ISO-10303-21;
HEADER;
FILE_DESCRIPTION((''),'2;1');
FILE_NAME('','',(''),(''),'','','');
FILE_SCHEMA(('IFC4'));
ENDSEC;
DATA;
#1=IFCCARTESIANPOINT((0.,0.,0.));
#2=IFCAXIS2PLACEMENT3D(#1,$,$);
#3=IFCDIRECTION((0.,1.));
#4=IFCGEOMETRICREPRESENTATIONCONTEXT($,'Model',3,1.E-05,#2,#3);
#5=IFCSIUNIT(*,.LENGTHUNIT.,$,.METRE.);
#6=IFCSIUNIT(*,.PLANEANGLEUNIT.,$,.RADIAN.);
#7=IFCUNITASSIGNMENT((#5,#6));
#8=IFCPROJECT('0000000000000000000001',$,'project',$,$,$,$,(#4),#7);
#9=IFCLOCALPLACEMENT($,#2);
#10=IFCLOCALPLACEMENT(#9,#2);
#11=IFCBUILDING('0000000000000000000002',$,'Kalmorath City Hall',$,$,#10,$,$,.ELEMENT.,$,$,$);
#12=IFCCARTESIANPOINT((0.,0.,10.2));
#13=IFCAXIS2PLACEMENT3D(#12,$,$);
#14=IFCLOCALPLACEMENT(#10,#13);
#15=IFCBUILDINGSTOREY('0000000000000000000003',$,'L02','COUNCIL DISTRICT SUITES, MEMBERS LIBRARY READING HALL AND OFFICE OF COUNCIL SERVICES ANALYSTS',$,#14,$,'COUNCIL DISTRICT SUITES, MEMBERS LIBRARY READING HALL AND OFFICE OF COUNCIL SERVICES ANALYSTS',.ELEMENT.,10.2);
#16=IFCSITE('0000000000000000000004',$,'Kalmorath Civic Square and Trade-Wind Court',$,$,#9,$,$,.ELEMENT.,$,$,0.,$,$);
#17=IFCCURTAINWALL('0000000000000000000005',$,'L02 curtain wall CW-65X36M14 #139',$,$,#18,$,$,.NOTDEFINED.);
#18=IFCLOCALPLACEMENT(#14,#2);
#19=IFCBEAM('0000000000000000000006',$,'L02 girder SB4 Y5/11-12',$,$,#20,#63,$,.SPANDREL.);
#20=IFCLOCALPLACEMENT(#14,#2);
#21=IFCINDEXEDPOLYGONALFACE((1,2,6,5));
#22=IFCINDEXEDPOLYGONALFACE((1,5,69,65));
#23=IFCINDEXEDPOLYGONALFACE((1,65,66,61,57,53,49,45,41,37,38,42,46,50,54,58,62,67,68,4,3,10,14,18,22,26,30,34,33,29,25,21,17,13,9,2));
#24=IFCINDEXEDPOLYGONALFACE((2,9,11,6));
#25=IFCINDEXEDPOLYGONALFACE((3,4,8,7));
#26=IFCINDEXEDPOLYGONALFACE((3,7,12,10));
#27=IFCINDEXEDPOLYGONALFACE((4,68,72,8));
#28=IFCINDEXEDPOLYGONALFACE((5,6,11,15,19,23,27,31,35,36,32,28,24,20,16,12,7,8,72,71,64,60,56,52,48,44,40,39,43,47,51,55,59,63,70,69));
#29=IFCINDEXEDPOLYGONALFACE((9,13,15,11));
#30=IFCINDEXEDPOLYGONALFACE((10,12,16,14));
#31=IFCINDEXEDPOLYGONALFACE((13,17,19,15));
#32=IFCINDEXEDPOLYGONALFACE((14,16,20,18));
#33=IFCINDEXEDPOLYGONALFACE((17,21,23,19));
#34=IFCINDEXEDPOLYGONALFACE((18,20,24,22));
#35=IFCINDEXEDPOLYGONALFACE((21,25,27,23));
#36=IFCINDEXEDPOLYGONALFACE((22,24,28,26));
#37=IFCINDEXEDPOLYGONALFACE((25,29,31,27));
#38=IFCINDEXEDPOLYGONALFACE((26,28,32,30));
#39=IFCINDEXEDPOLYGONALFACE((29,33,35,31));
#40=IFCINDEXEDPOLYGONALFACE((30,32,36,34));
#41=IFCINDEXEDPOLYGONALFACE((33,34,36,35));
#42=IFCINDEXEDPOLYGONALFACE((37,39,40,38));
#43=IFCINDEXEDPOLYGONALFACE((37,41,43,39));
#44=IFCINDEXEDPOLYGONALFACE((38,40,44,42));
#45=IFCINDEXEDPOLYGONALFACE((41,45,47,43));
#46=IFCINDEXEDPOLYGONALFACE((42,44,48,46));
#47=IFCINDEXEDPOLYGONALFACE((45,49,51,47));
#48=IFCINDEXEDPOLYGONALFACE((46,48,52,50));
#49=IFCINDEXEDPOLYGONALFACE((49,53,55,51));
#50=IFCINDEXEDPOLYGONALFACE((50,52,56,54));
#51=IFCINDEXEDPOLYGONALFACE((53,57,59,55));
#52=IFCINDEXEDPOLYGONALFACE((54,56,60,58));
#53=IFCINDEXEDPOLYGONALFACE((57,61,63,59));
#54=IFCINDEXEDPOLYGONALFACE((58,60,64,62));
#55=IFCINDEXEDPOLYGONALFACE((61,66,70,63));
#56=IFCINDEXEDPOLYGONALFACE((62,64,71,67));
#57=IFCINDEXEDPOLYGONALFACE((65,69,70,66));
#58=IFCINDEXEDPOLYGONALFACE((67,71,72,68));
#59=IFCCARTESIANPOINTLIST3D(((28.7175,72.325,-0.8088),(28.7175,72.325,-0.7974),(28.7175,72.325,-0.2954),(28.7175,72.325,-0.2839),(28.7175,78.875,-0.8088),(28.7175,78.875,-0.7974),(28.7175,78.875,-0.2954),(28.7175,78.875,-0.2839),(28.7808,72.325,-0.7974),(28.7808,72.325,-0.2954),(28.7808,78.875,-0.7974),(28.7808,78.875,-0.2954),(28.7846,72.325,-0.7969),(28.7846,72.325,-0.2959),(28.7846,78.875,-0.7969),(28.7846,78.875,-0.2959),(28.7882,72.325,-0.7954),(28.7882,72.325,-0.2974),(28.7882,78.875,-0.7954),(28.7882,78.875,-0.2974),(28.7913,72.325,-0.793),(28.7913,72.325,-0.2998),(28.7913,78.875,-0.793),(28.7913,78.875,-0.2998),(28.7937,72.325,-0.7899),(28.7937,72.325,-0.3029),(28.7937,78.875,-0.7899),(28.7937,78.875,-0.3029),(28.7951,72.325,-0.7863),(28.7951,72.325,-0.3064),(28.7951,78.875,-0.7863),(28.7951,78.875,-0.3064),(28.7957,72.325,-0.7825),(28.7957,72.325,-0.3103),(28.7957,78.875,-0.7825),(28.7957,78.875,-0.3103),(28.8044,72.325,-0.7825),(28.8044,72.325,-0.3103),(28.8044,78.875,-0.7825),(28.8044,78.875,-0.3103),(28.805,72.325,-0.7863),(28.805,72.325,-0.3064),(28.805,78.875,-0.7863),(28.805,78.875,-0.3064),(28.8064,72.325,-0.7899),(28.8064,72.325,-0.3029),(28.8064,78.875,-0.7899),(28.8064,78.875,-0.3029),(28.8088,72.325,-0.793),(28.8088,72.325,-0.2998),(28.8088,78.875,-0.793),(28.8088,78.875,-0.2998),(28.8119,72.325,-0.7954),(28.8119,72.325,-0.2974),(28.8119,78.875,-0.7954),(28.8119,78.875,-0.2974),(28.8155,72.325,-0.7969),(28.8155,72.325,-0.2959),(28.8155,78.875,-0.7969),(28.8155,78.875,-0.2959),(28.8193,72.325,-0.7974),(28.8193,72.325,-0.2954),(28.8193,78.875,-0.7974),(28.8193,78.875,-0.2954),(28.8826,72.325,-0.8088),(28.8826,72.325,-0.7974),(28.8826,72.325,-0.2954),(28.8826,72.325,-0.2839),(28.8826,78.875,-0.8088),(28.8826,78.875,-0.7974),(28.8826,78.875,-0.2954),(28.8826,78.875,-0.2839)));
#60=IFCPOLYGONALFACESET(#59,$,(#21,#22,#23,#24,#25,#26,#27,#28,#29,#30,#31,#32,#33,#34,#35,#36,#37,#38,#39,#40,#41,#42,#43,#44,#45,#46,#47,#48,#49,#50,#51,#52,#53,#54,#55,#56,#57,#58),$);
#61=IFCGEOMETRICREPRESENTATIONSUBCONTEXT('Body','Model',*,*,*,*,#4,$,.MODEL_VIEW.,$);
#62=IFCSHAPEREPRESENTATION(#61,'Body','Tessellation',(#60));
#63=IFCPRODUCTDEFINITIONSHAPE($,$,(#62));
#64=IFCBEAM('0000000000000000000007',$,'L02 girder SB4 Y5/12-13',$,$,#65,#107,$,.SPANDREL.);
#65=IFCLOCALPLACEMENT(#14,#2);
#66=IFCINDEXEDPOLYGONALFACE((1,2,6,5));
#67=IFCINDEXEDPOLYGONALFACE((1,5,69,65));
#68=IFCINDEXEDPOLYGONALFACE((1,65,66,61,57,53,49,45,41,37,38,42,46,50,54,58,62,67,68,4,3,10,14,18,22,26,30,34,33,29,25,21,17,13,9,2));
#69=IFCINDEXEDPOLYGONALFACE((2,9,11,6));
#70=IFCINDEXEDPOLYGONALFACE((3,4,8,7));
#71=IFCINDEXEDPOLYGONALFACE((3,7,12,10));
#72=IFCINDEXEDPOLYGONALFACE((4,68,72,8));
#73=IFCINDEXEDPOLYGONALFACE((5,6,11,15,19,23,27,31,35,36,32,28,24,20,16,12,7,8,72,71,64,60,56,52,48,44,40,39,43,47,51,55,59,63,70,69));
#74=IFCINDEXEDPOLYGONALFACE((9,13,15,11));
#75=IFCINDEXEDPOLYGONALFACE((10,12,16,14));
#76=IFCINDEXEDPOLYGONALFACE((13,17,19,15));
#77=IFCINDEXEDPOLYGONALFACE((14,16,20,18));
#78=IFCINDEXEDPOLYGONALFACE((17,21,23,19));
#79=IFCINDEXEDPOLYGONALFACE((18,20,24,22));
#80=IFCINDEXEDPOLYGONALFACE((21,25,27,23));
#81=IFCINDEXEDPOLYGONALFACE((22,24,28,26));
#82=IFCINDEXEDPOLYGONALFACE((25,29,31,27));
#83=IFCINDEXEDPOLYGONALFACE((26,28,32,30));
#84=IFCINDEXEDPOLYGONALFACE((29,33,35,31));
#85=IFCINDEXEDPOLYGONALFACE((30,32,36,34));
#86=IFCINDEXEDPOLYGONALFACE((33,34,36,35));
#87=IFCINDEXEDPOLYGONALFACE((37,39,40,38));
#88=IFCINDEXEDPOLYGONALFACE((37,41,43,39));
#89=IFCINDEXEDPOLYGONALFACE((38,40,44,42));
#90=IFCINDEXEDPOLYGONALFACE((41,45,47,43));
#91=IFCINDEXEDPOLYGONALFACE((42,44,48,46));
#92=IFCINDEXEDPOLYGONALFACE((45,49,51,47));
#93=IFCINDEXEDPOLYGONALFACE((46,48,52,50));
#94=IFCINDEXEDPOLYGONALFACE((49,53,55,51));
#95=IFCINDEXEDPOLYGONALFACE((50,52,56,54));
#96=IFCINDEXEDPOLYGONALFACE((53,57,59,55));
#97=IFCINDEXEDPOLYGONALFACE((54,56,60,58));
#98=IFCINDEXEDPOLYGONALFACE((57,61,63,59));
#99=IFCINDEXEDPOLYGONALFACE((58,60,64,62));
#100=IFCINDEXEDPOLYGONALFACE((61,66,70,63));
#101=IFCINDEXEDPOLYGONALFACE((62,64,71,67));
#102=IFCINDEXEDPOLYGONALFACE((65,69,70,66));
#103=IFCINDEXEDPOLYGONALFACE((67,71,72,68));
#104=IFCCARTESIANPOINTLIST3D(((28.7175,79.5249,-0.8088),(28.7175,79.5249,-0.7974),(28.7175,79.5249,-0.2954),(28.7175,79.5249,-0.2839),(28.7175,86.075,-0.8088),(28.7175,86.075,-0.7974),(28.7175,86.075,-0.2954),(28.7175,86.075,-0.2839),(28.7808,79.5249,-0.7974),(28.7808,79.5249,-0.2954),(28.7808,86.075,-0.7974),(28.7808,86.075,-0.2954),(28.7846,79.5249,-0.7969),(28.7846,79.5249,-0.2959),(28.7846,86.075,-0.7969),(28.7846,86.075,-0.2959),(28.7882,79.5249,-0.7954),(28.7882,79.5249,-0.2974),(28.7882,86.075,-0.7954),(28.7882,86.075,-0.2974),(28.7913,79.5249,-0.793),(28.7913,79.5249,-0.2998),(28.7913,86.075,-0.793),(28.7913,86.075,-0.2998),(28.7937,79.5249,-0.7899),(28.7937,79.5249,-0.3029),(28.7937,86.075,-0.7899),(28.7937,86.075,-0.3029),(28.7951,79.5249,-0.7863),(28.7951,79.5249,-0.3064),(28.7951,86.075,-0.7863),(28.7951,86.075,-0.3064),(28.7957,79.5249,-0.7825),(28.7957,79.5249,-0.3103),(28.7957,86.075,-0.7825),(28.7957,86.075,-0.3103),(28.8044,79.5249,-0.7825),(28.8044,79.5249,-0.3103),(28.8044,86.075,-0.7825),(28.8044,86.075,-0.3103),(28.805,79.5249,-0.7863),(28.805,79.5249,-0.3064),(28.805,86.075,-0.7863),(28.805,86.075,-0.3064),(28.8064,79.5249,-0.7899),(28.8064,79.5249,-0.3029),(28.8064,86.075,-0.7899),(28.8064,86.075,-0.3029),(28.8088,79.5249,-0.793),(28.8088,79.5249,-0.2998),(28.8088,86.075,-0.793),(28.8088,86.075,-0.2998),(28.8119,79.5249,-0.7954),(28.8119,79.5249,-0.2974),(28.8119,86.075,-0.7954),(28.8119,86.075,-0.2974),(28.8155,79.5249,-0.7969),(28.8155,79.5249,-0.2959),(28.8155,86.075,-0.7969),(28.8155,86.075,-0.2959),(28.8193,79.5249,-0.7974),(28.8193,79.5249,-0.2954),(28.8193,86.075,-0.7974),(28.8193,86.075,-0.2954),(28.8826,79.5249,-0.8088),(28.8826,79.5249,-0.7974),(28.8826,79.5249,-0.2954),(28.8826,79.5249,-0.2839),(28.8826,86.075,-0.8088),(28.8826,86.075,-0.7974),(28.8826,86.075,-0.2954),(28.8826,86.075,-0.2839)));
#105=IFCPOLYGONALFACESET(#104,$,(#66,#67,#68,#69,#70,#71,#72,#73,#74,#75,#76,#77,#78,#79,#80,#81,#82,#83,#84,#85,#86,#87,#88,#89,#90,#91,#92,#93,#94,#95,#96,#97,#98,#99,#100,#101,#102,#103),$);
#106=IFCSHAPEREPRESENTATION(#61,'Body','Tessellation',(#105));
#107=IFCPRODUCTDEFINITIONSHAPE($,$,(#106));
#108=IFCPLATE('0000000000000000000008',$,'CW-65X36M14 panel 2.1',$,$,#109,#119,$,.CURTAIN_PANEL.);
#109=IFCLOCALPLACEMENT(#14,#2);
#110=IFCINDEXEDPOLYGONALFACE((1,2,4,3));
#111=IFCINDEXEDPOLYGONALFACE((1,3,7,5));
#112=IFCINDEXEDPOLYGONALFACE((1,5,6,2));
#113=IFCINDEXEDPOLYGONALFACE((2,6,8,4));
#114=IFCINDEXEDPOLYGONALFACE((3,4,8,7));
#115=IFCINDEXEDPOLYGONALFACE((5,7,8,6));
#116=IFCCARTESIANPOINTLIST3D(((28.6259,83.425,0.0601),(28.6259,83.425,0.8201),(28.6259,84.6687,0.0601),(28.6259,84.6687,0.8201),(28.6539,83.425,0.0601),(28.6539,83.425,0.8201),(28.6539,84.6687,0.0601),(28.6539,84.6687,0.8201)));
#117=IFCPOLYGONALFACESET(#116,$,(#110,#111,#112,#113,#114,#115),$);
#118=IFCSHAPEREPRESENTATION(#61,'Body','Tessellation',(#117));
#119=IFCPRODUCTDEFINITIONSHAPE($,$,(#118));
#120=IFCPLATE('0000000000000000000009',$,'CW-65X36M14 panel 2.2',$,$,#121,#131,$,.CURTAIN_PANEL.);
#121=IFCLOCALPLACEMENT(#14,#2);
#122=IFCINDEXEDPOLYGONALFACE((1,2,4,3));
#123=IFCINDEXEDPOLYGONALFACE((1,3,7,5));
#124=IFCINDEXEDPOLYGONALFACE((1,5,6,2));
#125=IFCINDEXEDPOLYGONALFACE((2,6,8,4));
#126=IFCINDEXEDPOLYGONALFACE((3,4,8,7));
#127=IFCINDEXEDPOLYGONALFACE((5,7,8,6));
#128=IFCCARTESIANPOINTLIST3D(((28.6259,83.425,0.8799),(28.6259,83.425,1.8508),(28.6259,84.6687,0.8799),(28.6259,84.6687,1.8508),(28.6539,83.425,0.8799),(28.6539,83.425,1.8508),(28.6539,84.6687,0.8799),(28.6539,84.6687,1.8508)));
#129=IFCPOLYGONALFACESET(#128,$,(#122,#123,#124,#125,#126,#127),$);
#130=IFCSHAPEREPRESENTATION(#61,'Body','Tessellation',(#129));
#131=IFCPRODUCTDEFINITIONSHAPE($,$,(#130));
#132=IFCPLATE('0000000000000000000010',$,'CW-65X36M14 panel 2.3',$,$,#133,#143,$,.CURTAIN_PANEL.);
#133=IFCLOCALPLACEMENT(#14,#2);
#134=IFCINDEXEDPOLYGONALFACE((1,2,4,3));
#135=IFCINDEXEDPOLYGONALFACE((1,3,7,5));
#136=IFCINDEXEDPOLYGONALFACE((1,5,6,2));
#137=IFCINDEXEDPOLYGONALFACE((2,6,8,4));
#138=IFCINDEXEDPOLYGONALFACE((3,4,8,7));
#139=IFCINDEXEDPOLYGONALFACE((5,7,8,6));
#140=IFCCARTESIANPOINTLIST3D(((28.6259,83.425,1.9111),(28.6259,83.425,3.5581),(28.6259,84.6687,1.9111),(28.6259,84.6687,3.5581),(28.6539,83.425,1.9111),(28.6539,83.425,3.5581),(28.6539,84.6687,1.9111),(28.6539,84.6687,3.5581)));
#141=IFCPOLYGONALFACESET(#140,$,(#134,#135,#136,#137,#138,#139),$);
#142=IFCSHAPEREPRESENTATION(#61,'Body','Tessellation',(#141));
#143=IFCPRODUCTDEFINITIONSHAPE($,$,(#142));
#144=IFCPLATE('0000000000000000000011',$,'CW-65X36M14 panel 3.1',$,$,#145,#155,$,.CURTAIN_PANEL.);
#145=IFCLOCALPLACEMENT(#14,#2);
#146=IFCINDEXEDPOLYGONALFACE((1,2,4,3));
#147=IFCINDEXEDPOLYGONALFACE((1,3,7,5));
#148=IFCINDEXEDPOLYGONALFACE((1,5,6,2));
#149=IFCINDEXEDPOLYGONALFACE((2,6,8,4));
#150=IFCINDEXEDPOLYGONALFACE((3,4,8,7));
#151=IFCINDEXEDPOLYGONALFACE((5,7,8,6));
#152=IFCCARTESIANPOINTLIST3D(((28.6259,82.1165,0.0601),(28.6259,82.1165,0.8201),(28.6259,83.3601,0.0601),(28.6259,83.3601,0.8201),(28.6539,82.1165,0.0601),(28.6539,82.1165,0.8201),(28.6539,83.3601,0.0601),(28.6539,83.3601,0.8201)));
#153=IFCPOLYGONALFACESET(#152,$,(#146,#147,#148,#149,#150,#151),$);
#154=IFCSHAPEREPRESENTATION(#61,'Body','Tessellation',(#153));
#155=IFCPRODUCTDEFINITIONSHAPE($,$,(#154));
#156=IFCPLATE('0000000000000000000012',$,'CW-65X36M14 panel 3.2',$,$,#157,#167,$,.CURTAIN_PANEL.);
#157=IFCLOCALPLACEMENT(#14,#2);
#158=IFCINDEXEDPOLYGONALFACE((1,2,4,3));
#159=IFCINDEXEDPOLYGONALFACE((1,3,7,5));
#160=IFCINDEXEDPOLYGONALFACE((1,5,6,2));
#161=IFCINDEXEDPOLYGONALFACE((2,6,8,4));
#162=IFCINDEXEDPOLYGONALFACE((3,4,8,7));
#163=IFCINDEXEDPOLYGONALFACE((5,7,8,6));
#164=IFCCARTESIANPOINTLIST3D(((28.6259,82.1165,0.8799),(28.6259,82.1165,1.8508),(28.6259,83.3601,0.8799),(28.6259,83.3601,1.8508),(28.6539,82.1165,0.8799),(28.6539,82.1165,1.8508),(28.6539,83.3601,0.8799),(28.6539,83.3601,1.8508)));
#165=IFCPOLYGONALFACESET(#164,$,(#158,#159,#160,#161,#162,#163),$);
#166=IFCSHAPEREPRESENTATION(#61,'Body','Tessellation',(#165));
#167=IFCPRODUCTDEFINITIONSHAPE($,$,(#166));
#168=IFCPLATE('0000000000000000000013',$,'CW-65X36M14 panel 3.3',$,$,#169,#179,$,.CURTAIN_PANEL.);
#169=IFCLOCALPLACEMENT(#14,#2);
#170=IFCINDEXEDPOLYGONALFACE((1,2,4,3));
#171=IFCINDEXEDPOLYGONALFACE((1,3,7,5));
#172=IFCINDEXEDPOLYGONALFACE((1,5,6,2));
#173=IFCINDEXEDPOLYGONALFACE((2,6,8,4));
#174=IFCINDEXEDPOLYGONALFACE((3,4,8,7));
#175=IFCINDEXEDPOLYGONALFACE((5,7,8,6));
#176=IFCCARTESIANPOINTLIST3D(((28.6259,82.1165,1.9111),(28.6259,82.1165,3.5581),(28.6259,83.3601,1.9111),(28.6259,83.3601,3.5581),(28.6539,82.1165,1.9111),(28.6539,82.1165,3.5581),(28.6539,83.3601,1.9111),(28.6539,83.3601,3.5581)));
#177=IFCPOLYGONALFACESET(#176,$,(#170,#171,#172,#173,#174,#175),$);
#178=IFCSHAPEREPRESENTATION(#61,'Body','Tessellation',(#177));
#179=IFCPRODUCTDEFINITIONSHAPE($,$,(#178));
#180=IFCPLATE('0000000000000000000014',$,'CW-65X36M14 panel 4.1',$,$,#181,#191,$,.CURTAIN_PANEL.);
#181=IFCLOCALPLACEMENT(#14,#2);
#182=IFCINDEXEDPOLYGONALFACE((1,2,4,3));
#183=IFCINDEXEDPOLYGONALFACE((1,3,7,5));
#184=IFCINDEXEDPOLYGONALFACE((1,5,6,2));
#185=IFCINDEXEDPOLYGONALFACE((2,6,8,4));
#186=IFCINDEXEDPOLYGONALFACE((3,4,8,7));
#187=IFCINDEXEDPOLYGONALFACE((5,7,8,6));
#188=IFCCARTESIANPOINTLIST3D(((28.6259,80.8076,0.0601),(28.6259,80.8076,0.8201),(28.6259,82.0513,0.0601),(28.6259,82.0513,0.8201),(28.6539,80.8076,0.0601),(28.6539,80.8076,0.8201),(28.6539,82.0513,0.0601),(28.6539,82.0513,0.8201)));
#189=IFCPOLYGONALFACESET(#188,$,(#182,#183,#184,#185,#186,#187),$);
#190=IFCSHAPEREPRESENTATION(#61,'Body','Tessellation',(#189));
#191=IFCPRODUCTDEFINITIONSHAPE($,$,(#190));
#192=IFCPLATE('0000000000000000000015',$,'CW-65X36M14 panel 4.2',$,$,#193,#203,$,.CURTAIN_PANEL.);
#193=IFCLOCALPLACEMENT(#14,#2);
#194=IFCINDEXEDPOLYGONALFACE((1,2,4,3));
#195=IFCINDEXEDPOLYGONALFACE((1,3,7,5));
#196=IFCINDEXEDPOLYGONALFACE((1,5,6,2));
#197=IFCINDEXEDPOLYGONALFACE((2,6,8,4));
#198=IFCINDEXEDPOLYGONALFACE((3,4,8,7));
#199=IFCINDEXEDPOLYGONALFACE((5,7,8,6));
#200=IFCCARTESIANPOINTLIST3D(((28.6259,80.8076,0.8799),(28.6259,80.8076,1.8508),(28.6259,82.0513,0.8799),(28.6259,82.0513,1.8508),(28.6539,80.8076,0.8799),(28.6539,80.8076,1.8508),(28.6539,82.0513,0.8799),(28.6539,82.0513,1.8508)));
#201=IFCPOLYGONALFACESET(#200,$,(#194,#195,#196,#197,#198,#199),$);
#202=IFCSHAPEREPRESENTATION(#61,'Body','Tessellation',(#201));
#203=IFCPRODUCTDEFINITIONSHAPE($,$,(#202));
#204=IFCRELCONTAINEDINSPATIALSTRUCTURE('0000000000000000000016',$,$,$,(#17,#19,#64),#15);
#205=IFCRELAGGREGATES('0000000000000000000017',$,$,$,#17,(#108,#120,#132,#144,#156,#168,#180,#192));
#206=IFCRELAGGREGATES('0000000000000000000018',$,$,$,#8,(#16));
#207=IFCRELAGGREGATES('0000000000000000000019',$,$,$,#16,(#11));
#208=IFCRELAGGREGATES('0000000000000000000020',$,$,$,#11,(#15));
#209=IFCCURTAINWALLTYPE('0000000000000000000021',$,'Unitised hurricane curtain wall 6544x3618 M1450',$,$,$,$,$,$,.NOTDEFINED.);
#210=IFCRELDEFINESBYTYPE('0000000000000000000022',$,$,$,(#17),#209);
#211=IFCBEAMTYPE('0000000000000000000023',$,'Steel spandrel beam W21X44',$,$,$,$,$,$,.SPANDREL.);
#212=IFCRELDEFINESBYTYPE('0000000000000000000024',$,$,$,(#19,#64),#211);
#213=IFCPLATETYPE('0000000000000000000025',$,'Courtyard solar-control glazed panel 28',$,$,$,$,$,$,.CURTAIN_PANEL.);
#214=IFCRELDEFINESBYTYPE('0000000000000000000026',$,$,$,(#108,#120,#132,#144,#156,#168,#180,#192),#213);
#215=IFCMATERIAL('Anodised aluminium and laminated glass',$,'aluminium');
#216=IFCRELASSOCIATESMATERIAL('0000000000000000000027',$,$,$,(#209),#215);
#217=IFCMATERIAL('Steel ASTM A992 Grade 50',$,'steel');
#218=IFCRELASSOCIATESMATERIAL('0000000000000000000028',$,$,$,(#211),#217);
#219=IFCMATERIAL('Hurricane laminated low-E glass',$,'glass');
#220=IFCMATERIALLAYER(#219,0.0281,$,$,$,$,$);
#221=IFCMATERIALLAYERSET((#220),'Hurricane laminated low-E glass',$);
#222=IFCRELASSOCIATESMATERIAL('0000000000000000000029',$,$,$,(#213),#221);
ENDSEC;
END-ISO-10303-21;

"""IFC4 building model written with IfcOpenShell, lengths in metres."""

from ifc_helpers import new_model, si_unit, direction, frame, origin, origin_2d, place, context, subcontext, project, spatial, rectangle, i_section, extrude, material, layer, layer_set, material_profile, profile_set, type_object, element, aggregate, save


model = new_model("IFC4")

# Units and contexts
model_context = context("Model", 3, precision=1e-05, world=origin(), true_north=direction((0.0, 1.0)))
body_context = subcontext(model_context, "Body", "Model", "MODEL_VIEW")
ifc_project = project(units=[si_unit("LENGTHUNIT", "METRE"), si_unit("PLANEANGLEUNIT", "RADIAN")], contexts=[model_context])

# Site, building, storey
site_placement = place(None, origin())
site = spatial("IfcSite", under=ifc_project, at=site_placement, Name="Kalmorath Civic Square and Trade-Wind Court", CompositionType="ELEMENT", RefElevation=0.0)
building_placement = place(site_placement, origin())
building = spatial("IfcBuilding", under=site, at=building_placement, Name="Kalmorath City Hall", CompositionType="ELEMENT")
storey_placement = place(building_placement, frame((0.0, 0.0, 10.2)))
storey = spatial("IfcBuildingStorey", under=building, at=storey_placement, Name="L02", Description="COUNCIL DISTRICT SUITES, MEMBERS LIBRARY READING HALL AND OFFICE OF COUNCIL SERVICES ANALYSTS", LongName="COUNCIL DISTRICT SUITES, MEMBERS LIBRARY READING HALL AND OFFICE OF COUNCIL SERVICES ANALYSTS", CompositionType="ELEMENT", Elevation=10.2)

# Curtain wall
ifc_material_1 = material(Name="Anodised aluminium and laminated glass", Category="aluminium")
curtain_wall_type = type_object("IfcCurtainWallType", Name="Unitised hurricane curtain wall 6544x3618 M1450", PredefinedType="NOTDEFINED", material=ifc_material_1)
curtain_wall_placement = place(storey_placement, origin())
curtain_wall = element("IfcCurtainWall", 1, at=curtain_wall_placement, inside=storey, type_object=curtain_wall_type, Name="L02 curtain wall CW-65X36M14 #139", PredefinedType="NOTDEFINED")

# Beams
ifc_material_2 = material(Name="Steel ASTM A992 Grade 50", Category="steel")
ifc_material_profile_1 = material_profile(ifc_material_2, i_section(OverallWidth=0.165, OverallDepth=0.5249, WebThickness=0.0088, FlangeThickness=0.0115, FilletRadius=0.0149, at=origin_2d()), Name="W21X44")
ifc_profile_set_1 = profile_set([ifc_material_profile_1], Name="Steel ASTM A992 Grade 50")
beam_type = type_object("IfcBeamType", Name="Steel spandrel beam W21X44", PredefinedType="SPANDREL", material=ifc_profile_set_1)
for number, where, z_axis, x_axis, name in (
    (2, (28.8, 72.325, -0.5464), (0.0, 1.0, 0.0), (-1.0, 0.0, 0.0), "L02 girder SB4 Y5/11-12"),
    (3, (28.8, 79.5249, -0.5464), (0.0, 1.0, 0.0), (-1.0, 0.0, 0.0), "L02 girder SB4 Y5/12-13"),
):
    element("IfcBeam", number, at=place(storey_placement, frame(where, z_axis=z_axis, x_axis=x_axis)), inside=storey, type_object=beam_type, Name=name, PredefinedType="SPANDREL", context=body_context, shape_type="SweptSolid", body=[
        extrude(i_section(OverallWidth=0.165, OverallDepth=0.5249, WebThickness=0.0088, FlangeThickness=0.0115, FilletRadius=0.0149, at=origin_2d()), origin(), (0.0, 0.0, 1.0), 6.55),
    ])

# Plates
ifc_material_3 = material(Name="Hurricane laminated low-E glass", Category="glass")
ifc_layer = layer(ifc_material_3, 0.0281)
ifc_layer_set = layer_set([ifc_layer], Name="Hurricane laminated low-E glass")
plate_type = type_object("IfcPlateType", Name="Courtyard solar-control glazed panel 28", PredefinedType="CURTAIN_PANEL", material=ifc_layer_set)
plate_1_placement = place(storey_placement, frame((28.6399, 84.0469, 0.0601), z_axis=(0.0, 0.0, 1.0), x_axis=(0.0, -1.0, 0.0)))
plate_1 = element("IfcPlate", 4, at=plate_1_placement, type_object=plate_type, Name="CW-65X36M14 panel 2.1", PredefinedType="CURTAIN_PANEL", context=body_context, shape_type="SweptSolid", body=[
    extrude(rectangle(XDim=1.2437, YDim=0.0281, at=origin_2d()), origin(), (0.0, 0.0, 1.0), 0.76),
])
plate_2_placement = place(storey_placement, frame((28.6399, 84.0469, 0.8799), z_axis=(0.0, 0.0, 1.0), x_axis=(0.0, -1.0, 0.0)))
plate_2 = element("IfcPlate", 5, at=plate_2_placement, type_object=plate_type, Name="CW-65X36M14 panel 2.2", PredefinedType="CURTAIN_PANEL", context=body_context, shape_type="SweptSolid", body=[
    extrude(rectangle(XDim=1.2437, YDim=0.0281, at=origin_2d()), origin(), (0.0, 0.0, 1.0), 0.9709),
])
plate_3_placement = place(storey_placement, frame((28.6399, 84.0469, 1.9111), z_axis=(0.0, 0.0, 1.0), x_axis=(0.0, -1.0, 0.0)))
plate_3 = element("IfcPlate", 6, at=plate_3_placement, type_object=plate_type, Name="CW-65X36M14 panel 2.3", PredefinedType="CURTAIN_PANEL", context=body_context, shape_type="SweptSolid", body=[
    extrude(rectangle(XDim=1.2437, YDim=0.0281, at=origin_2d()), origin(), (0.0, 0.0, 1.0), 1.647),
])
plate_4_placement = place(storey_placement, frame((28.6399, 82.7383, 0.0601), z_axis=(0.0, 0.0, 1.0), x_axis=(0.0, -1.0, 0.0)))
plate_4 = element("IfcPlate", 7, at=plate_4_placement, type_object=plate_type, Name="CW-65X36M14 panel 3.1", PredefinedType="CURTAIN_PANEL", context=body_context, shape_type="SweptSolid", body=[
    extrude(rectangle(XDim=1.2437, YDim=0.0281, at=origin_2d()), origin(), (0.0, 0.0, 1.0), 0.76),
])
plate_5_placement = place(storey_placement, frame((28.6399, 82.7383, 0.8799), z_axis=(0.0, 0.0, 1.0), x_axis=(0.0, -1.0, 0.0)))
plate_5 = element("IfcPlate", 8, at=plate_5_placement, type_object=plate_type, Name="CW-65X36M14 panel 3.2", PredefinedType="CURTAIN_PANEL", context=body_context, shape_type="SweptSolid", body=[
    extrude(rectangle(XDim=1.2437, YDim=0.0281, at=origin_2d()), origin(), (0.0, 0.0, 1.0), 0.9709),
])
plate_6_placement = place(storey_placement, frame((28.6399, 82.7383, 1.9111), z_axis=(0.0, 0.0, 1.0), x_axis=(0.0, -1.0, 0.0)))
plate_6 = element("IfcPlate", 9, at=plate_6_placement, type_object=plate_type, Name="CW-65X36M14 panel 3.3", PredefinedType="CURTAIN_PANEL", context=body_context, shape_type="SweptSolid", body=[
    extrude(rectangle(XDim=1.2437, YDim=0.0281, at=origin_2d()), origin(), (0.0, 0.0, 1.0), 1.647),
])
plate_7_placement = place(storey_placement, frame((28.6399, 81.4294, 0.0601), z_axis=(0.0, 0.0, 1.0), x_axis=(0.0, -1.0, 0.0)))
plate_7 = element("IfcPlate", 10, at=plate_7_placement, type_object=plate_type, Name="CW-65X36M14 panel 4.1", PredefinedType="CURTAIN_PANEL", context=body_context, shape_type="SweptSolid", body=[
    extrude(rectangle(XDim=1.2437, YDim=0.0281, at=origin_2d()), origin(), (0.0, 0.0, 1.0), 0.76),
])
plate_8_placement = place(storey_placement, frame((28.6399, 81.4294, 0.8799), z_axis=(0.0, 0.0, 1.0), x_axis=(0.0, -1.0, 0.0)))
plate_8 = element("IfcPlate", 11, at=plate_8_placement, type_object=plate_type, Name="CW-65X36M14 panel 4.2", PredefinedType="CURTAIN_PANEL", context=body_context, shape_type="SweptSolid", body=[
    extrude(rectangle(XDim=1.2437, YDim=0.0281, at=origin_2d()), origin(), (0.0, 0.0, 1.0), 0.9709),
])
aggregate(curtain_wall, [plate_1, plate_2, plate_3, plate_4, plate_5, plate_6, plate_7, plate_8])

save(model, "model.ifc")
